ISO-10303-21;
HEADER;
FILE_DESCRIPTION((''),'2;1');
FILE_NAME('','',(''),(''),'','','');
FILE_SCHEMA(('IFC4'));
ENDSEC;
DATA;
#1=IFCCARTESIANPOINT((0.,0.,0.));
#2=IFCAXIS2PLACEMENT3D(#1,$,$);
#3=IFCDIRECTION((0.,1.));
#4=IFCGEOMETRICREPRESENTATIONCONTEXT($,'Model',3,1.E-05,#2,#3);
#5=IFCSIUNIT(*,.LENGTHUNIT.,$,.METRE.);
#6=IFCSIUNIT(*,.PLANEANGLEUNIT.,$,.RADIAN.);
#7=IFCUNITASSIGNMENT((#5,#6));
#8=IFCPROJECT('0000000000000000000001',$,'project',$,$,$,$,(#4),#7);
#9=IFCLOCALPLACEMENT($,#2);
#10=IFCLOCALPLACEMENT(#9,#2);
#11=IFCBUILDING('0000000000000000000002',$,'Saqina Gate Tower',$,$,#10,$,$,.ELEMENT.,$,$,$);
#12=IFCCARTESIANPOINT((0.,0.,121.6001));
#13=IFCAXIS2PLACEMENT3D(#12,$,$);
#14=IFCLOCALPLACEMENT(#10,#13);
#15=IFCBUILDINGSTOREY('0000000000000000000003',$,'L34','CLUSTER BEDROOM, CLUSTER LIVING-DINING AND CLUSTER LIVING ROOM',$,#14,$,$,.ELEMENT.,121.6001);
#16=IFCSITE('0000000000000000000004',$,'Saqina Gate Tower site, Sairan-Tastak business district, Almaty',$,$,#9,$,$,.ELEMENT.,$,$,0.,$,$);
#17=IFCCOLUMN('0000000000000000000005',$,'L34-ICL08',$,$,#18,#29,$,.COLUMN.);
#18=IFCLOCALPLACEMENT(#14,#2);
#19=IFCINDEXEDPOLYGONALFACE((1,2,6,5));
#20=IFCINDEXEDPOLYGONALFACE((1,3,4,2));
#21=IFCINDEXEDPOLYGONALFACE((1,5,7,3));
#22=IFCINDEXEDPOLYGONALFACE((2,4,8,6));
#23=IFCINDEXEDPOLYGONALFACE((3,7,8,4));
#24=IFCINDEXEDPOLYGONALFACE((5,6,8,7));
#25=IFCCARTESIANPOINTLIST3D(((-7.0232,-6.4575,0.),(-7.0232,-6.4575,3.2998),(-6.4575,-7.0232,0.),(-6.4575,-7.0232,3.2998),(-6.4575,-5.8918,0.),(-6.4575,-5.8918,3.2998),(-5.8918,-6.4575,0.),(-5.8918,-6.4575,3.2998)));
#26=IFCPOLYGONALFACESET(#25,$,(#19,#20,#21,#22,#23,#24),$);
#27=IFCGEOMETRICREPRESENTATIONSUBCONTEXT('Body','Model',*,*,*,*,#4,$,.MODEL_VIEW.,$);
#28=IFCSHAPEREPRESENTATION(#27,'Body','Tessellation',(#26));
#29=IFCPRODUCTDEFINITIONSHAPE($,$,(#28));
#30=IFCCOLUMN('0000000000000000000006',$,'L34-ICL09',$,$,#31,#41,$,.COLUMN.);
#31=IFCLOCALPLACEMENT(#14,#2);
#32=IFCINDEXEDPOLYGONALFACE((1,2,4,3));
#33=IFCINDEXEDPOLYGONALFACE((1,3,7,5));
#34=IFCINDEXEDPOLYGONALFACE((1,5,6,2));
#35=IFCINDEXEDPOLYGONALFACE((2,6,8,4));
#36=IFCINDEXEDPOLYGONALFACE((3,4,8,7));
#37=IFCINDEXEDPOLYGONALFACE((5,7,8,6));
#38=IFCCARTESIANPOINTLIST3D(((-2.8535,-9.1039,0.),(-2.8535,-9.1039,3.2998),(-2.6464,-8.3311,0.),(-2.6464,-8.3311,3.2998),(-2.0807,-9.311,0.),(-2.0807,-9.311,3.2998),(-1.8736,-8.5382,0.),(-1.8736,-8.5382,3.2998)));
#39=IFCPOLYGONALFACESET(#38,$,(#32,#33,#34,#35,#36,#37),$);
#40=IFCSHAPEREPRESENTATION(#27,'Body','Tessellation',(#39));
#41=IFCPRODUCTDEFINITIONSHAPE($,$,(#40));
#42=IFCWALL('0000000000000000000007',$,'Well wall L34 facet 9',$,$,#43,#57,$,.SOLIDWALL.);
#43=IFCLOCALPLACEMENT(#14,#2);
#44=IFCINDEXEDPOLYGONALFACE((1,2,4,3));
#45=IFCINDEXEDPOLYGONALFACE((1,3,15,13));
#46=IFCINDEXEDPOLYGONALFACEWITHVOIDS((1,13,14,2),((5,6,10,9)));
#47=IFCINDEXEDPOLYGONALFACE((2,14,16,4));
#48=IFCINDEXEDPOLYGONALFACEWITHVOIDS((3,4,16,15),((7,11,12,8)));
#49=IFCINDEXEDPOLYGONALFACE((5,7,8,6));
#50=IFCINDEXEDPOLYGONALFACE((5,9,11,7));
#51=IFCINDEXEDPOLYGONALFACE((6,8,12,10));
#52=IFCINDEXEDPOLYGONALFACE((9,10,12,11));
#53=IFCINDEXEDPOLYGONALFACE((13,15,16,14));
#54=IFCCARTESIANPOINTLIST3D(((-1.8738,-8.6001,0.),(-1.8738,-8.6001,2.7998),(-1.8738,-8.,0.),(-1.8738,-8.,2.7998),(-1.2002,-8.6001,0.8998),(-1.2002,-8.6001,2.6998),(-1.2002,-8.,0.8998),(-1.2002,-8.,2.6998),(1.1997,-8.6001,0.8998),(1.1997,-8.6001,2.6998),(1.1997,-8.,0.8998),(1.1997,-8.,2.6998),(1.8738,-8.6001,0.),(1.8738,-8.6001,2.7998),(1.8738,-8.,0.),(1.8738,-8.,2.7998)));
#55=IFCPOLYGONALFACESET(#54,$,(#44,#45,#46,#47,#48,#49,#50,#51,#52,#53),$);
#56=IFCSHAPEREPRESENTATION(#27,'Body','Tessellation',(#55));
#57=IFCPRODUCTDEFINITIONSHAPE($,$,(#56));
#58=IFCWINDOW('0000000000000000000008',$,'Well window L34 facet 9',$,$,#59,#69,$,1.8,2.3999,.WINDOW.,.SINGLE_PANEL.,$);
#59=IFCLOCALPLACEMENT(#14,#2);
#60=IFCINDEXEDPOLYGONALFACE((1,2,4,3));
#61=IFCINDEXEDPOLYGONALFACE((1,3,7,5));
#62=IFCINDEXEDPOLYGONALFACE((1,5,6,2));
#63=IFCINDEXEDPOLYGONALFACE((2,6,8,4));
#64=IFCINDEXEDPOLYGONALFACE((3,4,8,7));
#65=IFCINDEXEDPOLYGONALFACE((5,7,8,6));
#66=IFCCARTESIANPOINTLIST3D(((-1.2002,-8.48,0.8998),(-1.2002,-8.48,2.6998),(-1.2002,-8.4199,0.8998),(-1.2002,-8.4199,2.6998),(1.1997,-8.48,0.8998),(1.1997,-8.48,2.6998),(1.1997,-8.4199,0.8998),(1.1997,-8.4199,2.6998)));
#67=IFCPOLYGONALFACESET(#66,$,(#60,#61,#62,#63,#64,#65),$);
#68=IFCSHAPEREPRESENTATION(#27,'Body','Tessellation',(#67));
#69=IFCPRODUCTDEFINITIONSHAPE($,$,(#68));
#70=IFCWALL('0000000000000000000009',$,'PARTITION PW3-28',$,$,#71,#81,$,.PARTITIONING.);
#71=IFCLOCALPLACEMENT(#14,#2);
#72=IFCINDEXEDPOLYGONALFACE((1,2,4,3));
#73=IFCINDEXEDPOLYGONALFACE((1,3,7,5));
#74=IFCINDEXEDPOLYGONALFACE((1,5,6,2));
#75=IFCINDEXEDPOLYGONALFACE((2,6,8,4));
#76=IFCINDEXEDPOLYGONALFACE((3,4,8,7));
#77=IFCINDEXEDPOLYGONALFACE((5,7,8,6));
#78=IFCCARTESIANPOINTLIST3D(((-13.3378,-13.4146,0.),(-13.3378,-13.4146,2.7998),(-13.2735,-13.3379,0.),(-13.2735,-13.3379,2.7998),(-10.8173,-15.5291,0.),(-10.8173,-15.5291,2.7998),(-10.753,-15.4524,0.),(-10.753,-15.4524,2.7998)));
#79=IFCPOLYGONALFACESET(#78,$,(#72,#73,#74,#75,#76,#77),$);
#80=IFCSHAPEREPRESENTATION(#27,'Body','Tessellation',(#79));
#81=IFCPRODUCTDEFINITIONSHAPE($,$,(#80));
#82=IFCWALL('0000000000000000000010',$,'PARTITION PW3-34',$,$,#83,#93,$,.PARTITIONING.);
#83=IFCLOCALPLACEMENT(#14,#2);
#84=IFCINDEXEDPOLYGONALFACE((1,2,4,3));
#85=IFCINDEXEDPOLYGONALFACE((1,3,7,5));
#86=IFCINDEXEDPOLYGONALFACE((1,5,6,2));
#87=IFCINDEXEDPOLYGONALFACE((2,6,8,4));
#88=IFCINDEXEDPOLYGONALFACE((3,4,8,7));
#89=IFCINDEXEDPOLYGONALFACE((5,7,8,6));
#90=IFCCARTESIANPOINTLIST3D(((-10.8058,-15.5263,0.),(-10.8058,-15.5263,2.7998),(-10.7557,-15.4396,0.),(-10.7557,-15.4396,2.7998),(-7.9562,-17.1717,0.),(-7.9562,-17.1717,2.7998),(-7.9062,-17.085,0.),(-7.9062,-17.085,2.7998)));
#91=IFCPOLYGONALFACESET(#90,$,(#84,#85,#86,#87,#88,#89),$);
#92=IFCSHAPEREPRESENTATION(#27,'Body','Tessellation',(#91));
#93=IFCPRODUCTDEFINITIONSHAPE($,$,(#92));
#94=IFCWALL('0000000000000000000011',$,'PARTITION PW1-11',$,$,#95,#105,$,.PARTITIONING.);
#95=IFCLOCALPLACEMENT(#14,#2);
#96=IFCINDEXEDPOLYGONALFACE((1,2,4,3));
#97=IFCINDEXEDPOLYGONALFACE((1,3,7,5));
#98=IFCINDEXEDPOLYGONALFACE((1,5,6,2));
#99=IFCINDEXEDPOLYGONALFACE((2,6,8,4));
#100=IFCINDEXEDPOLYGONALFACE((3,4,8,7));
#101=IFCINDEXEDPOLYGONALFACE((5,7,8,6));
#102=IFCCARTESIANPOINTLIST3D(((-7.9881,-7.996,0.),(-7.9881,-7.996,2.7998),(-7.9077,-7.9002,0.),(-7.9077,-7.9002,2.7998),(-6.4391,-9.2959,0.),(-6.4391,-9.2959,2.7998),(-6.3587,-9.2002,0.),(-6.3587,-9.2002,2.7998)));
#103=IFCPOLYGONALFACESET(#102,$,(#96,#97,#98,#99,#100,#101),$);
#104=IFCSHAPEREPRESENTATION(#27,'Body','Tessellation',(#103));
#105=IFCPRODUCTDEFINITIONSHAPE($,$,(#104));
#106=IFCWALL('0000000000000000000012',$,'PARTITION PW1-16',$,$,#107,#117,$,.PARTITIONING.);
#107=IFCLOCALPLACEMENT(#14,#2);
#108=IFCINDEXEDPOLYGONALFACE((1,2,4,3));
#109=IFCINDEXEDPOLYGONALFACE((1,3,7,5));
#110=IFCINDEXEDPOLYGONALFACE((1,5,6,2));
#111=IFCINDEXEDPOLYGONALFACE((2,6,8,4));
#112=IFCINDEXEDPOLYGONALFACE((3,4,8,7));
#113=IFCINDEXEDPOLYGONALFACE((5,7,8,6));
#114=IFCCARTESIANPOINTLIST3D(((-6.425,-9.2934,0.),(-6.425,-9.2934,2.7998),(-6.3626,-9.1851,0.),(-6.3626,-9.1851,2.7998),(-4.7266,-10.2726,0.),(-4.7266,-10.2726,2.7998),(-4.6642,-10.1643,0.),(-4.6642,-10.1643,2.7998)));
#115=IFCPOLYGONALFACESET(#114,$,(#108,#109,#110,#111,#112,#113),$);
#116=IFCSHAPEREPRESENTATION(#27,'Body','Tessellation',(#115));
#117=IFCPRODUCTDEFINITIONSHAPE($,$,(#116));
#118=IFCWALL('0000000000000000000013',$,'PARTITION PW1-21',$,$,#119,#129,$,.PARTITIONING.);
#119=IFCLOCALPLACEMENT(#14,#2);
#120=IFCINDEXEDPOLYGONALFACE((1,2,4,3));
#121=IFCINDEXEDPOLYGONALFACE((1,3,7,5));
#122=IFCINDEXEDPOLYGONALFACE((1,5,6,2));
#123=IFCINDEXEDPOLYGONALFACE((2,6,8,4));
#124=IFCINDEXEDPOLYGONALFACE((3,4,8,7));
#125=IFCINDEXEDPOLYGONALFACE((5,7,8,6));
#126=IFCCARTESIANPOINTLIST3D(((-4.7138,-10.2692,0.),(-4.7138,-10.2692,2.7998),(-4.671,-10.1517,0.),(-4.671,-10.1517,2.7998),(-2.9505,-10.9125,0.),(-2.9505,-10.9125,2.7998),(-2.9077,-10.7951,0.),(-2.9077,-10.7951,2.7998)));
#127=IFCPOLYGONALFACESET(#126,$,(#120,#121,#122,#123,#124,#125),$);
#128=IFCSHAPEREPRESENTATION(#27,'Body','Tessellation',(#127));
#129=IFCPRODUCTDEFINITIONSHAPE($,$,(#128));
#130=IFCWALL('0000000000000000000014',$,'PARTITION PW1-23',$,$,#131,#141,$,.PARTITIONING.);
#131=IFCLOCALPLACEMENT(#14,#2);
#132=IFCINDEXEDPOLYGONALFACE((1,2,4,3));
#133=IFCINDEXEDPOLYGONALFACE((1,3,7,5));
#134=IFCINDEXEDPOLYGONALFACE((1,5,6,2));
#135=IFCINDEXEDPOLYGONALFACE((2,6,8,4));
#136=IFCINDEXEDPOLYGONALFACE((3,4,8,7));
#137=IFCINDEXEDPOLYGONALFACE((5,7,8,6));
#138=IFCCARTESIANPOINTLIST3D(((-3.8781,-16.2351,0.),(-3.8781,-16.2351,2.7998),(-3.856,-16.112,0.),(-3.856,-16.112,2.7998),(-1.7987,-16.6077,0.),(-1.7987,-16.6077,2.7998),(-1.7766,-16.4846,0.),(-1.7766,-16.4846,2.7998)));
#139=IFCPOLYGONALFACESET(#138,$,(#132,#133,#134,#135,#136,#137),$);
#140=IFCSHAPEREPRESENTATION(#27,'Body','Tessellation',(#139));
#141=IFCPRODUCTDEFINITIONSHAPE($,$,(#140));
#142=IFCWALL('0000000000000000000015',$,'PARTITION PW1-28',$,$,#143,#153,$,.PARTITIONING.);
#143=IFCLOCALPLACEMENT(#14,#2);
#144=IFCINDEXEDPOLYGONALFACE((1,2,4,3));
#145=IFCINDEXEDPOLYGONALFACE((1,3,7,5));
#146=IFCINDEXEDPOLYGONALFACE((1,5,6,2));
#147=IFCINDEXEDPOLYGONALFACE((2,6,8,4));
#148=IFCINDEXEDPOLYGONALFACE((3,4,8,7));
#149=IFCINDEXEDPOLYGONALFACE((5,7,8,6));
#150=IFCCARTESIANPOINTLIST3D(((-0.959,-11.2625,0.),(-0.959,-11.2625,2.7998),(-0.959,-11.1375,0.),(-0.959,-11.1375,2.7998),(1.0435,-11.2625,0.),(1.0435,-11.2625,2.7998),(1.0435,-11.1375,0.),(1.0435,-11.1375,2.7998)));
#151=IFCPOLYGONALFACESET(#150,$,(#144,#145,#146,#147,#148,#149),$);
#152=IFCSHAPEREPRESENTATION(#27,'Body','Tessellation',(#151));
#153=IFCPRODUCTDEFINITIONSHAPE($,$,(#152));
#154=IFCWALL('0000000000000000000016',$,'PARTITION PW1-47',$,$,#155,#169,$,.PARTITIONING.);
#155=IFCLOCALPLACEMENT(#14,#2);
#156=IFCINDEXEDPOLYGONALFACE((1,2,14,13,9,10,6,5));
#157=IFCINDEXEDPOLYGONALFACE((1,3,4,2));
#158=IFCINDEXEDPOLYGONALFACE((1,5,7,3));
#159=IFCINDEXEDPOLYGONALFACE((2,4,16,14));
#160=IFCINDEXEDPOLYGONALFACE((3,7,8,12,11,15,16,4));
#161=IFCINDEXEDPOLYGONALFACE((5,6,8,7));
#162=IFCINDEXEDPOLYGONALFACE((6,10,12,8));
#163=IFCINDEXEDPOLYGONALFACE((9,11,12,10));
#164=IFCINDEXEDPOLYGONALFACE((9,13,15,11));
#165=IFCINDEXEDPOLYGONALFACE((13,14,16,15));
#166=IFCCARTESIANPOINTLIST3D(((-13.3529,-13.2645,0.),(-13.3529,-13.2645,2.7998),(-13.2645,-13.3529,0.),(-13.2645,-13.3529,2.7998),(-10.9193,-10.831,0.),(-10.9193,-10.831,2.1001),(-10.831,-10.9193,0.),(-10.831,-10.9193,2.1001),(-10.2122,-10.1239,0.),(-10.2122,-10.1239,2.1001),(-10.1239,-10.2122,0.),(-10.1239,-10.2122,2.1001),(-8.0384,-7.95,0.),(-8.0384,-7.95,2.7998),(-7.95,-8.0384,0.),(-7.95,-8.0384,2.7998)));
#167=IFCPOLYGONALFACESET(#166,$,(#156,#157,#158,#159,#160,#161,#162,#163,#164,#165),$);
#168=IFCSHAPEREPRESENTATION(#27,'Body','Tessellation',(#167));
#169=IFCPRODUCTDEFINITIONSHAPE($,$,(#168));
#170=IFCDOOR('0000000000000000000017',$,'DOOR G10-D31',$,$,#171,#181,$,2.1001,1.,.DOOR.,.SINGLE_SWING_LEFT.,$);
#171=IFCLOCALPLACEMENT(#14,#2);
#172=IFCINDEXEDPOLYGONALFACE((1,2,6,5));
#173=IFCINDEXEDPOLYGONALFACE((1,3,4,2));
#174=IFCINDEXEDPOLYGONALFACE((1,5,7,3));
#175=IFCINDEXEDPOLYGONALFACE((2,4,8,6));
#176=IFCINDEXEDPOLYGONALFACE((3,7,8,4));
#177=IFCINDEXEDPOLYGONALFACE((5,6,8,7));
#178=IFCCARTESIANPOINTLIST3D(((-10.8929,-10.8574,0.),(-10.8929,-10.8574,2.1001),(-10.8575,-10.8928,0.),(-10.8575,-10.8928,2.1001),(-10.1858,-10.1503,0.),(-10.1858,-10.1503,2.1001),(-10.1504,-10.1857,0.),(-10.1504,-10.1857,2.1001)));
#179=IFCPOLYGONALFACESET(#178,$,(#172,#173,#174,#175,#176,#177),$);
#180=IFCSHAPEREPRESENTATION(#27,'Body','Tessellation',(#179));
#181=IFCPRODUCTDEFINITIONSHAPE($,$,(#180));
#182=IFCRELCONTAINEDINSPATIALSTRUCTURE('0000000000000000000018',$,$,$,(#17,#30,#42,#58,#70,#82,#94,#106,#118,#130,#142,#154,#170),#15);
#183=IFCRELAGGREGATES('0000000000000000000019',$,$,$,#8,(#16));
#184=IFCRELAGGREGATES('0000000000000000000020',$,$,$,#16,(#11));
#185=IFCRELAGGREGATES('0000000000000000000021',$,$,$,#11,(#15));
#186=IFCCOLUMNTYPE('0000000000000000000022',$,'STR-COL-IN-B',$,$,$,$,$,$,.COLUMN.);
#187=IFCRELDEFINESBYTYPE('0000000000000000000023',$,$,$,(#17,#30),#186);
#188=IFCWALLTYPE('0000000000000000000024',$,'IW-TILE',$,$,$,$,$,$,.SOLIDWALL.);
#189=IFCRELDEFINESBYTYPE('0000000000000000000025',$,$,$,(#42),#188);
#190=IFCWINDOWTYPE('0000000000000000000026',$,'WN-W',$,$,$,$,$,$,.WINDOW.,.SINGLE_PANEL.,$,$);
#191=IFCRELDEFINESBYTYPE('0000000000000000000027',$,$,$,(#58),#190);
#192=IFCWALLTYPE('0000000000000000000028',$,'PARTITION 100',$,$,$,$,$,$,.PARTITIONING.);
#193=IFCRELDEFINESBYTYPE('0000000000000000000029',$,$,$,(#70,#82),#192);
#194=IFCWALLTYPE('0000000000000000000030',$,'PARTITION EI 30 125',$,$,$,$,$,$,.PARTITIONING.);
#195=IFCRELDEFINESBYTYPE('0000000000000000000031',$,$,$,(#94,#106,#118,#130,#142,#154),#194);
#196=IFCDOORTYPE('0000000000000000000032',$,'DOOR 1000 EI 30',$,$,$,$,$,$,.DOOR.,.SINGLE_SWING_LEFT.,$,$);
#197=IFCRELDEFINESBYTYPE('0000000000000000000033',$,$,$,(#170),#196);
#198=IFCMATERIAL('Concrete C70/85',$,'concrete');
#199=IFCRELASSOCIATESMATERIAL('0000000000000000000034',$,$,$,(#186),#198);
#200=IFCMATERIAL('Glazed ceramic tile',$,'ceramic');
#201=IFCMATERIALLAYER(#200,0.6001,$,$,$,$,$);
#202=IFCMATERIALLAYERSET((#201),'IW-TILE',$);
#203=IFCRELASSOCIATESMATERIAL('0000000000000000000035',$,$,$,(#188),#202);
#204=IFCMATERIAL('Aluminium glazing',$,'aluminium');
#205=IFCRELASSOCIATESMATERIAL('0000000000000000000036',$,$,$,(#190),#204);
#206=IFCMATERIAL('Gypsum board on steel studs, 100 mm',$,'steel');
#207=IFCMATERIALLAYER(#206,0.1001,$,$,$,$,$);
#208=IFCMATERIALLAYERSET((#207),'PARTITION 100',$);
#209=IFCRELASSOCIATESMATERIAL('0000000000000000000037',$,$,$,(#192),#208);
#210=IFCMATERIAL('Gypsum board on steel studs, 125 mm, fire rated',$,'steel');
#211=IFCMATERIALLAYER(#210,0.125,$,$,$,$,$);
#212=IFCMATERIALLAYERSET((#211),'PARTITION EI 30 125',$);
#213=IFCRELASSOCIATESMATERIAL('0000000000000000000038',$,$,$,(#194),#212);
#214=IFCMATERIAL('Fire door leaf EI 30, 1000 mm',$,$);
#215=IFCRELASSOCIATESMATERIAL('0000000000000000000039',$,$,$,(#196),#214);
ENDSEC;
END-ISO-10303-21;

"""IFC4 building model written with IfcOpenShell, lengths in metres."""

from ifc_helpers import new_model, si_unit, direction, frame, frame_2d, origin, origin_2d, place, context, subcontext, project, spatial, rectangle, extrude, material, layer, layer_set, material_profile, profile_set, type_object, element, fill, save


model = new_model("IFC4")

# Units and contexts
model_context = context("Model", 3, precision=1e-05, world=origin(), true_north=direction((0.0, 1.0)))
body_context = subcontext(model_context, "Body", "Model", "MODEL_VIEW")
ifc_project = project(units=[si_unit("LENGTHUNIT", "METRE"), si_unit("PLANEANGLEUNIT", "RADIAN")], contexts=[model_context])

# Site, building, storey
site_placement = place(None, origin())
site = spatial("IfcSite", under=ifc_project, at=site_placement, Name="Saqina Gate Tower site, Sairan-Tastak business district, Almaty", CompositionType="ELEMENT", RefElevation=0.0)
building_placement = place(site_placement, origin())
building = spatial("IfcBuilding", under=site, at=building_placement, Name="Saqina Gate Tower", CompositionType="ELEMENT")
storey_placement = place(building_placement, frame((0.0, 0.0, 121.6001)))
storey = spatial("IfcBuildingStorey", under=building, at=storey_placement, Name="L34", Description="CLUSTER BEDROOM, CLUSTER LIVING-DINING AND CLUSTER LIVING ROOM", CompositionType="ELEMENT", Elevation=121.6001)

# Columns
ifc_material_1 = material(Name="Concrete C70/85", Category="concrete")
ifc_material_profile = material_profile(ifc_material_1, rectangle(XDim=0.8, YDim=0.8, at=origin_2d()), Name="RC 800x800")
ifc_profile_set = profile_set([ifc_material_profile], Name="Concrete C70/85")
column_type = type_object("IfcColumnType", Name="STR-COL-IN-B", PredefinedType="COLUMN", material=ifc_profile_set)
for number, where, z_axis, x_axis, name in (
    (1, (-6.4575, -6.4575, 0.0), (0.0, 0.0, 1.0), (-0.707107, -0.707107, 0.0), "L34-ICL08"),
    (2, (-2.3635, -8.821, 0.0), (0.0, 0.0, 1.0), (-0.258819, -0.965926, 0.0), "L34-ICL09"),
):
    element("IfcColumn", number, at=place(storey_placement, frame(where, z_axis=z_axis, x_axis=x_axis)), inside=storey, type_object=column_type, Name=name, PredefinedType="COLUMN", context=body_context, shape_type="SweptSolid", body=[
        extrude(rectangle(XDim=0.8, YDim=0.8, at=origin_2d()), origin(), (0.0, 0.0, 1.0), 3.2998),
    ])

# Wall, opening, window
ifc_material_2 = material(Name="Glazed ceramic tile", Category="ceramic")
ifc_layer_1 = layer(ifc_material_2, 0.6001)
ifc_layer_set_1 = layer_set([ifc_layer_1], Name="IW-TILE")
wall_type_1 = type_object("IfcWallType", Name="IW-TILE", PredefinedType="SOLIDWALL", material=ifc_layer_set_1)
wall_1_placement = place(storey_placement, frame((-1.8738, -8.3, 0.0), z_axis=(0.0, 0.0, 1.0), x_axis=(1.0, 0.0, 0.0)))
wall_1 = element("IfcWall", 3, at=wall_1_placement, inside=storey, type_object=wall_type_1, Name="Well wall L34 facet 9", PredefinedType="SOLIDWALL", context=body_context, shape_type="SweptSolid", body=[
    extrude(rectangle(XDim=3.7476, YDim=0.6001, at=frame_2d((1.8738, 0.0))), origin(), (0.0, 0.0, 1.0), 2.7998),
])
opening_1_placement = place(wall_1_placement, frame((0.6736, 0.0, 0.8999)))
opening_1 = element("IfcOpeningElement", 4, at=opening_1_placement, cuts=wall_1, PredefinedType="OPENING", context=body_context, shape_type="SweptSolid", body=[
    extrude(rectangle(XDim=2.3999, YDim=1.8, at=frame_2d((1.2, 0.8999))), frame((0.0, 0.312, 0.0), z_axis=(0.0, -1.0, 0.0), x_axis=(1.0, 0.0, 0.0)), (0.0, 0.0, 1.0), 0.624),
])
ifc_material_3 = material(Name="Aluminium glazing", Category="aluminium")
window_type = type_object("IfcWindowType", Name="WN-W", PartitioningType="SINGLE_PANEL", PredefinedType="WINDOW", material=ifc_material_3)
window_placement = place(opening_1_placement, origin())
window = element("IfcWindow", 5, at=window_placement, inside=storey, type_object=window_type, Name="Well window L34 facet 9", OverallHeight=1.8, OverallWidth=2.3999, PartitioningType="SINGLE_PANEL", PredefinedType="WINDOW", context=body_context, shape_type="SweptSolid", body=[
    extrude(rectangle(XDim=2.3999, YDim=1.8, at=frame_2d((1.2, 0.8999))), frame((0.0, -0.1199, 0.0), z_axis=(0.0, -1.0, 0.0), x_axis=(1.0, 0.0, 0.0)), (0.0, 0.0, 1.0), 0.0601),
])
fill(opening_1, window)

# Walls
ifc_material_4 = material(Name="Gypsum board on steel studs, 100 mm", Category="steel")
ifc_layer_2 = layer(ifc_material_4, 0.1001)
ifc_layer_set_2 = layer_set([ifc_layer_2], Name="PARTITION 100")
wall_type_2 = type_object("IfcWallType", Name="PARTITION 100", PredefinedType="PARTITIONING", material=ifc_layer_set_2)
wall_2_placement = place(storey_placement, frame((-13.3057, -13.3762, 0.0), z_axis=(0.0, 0.0, 1.0), x_axis=(0.766113, -0.642706, 0.0)))
element("IfcWall", 6, at=wall_2_placement, inside=storey, type_object=wall_type_2, Name="PARTITION PW3-28", PredefinedType="PARTITIONING", context=body_context, shape_type="SweptSolid", body=[
    extrude(rectangle(XDim=3.29, YDim=0.1001, at=frame_2d((1.645, 0.0))), origin(), (0.0, 0.0, 1.0), 2.7998),
])
wall_3_placement = place(storey_placement, frame((-10.7808, -15.4829, 0.0), z_axis=(0.0, 0.0, 1.0), x_axis=(0.865988, -0.500065, 0.0)))
element("IfcWall", 7, at=wall_3_placement, inside=storey, type_object=wall_type_2, Name="PARTITION PW3-34", PredefinedType="PARTITIONING", context=body_context, shape_type="SweptSolid", body=[
    extrude(rectangle(XDim=3.2905, YDim=0.1001, at=frame_2d((1.6453, 0.0))), origin(), (0.0, 0.0, 1.0), 2.7998),
])
ifc_material_5 = material(Name="Gypsum board on steel studs, 125 mm, fire rated", Category="steel")
ifc_layer_3 = layer(ifc_material_5, 0.125)
ifc_layer_set_3 = layer_set([ifc_layer_3], Name="PARTITION EI 30 125")
wall_type_3 = type_object("IfcWallType", Name="PARTITION EI 30 125", PredefinedType="PARTITIONING", material=ifc_layer_set_3)
wall_4_placement = place(storey_placement, frame((-7.948, -7.948, 0.0), z_axis=(0.0, 0.0, 1.0), x_axis=(0.76599, -0.642852, 0.0)))
element("IfcWall", 8, at=wall_4_placement, inside=storey, type_object=wall_type_3, Name="PARTITION PW1-11", PredefinedType="PARTITIONING", context=body_context, shape_type="SweptSolid", body=[
    extrude(rectangle(XDim=2.0222, YDim=0.125, at=frame_2d((1.0112, 0.0))), origin(), (0.0, 0.0, 1.0), 2.7998),
])
wall_5_placement = place(storey_placement, frame((-6.3938, -9.2393, 0.0), z_axis=(0.0, 0.0, 1.0), x_axis=(0.866329, -0.499474, 0.0)))
element("IfcWall", 9, at=wall_5_placement, inside=storey, type_object=wall_type_3, Name="PARTITION PW1-16", PredefinedType="PARTITIONING", context=body_context, shape_type="SweptSolid", body=[
    extrude(rectangle(XDim=1.9604, YDim=0.125, at=frame_2d((0.9802, 0.0))), origin(), (0.0, 0.0, 1.0), 2.7998),
])
wall_6_placement = place(storey_placement, frame((-4.6924, -10.2104, 0.0), z_axis=(0.0, 0.0, 1.0), x_axis=(0.939424, -0.342756, 0.0)))
element("IfcWall", 10, at=wall_6_placement, inside=storey, type_object=wall_type_3, Name="PARTITION PW1-21", PredefinedType="PARTITIONING", context=body_context, shape_type="SweptSolid", body=[
    extrude(rectangle(XDim=1.877, YDim=0.125, at=frame_2d((0.9385, 0.0))), origin(), (0.0, 0.0, 1.0), 2.7998),
])
wall_7_placement = place(storey_placement, frame((-3.8669, -16.1736, 0.0), z_axis=(0.0, 0.0, 1.0), x_axis=(0.984325, -0.176363, 0.0)))
element("IfcWall", 11, at=wall_7_placement, inside=storey, type_object=wall_type_3, Name="PARTITION PW1-23", PredefinedType="PARTITIONING", context=body_context, shape_type="SweptSolid", body=[
    extrude(rectangle(XDim=2.1125, YDim=0.125, at=frame_2d((1.0562, 0.0))), origin(), (0.0, 0.0, 1.0), 2.7998),
])
wall_8_placement = place(storey_placement, frame((-0.959, -11.2, 0.0), z_axis=(0.0, 0.0, 1.0), x_axis=(1.0, 0.0, 0.0)))
element("IfcWall", 12, at=wall_8_placement, inside=storey, type_object=wall_type_3, Name="PARTITION PW1-28", PredefinedType="PARTITIONING", context=body_context, shape_type="SweptSolid", body=[
    extrude(rectangle(XDim=2.0024, YDim=0.125, at=frame_2d((1.0012, 0.0))), origin(), (0.0, 0.0, 1.0), 2.7998),
])

# Wall, opening, door
wall_9_placement = place(storey_placement, frame((-13.3086, -13.3086, 0.0), z_axis=(0.0, 0.0, 1.0), x_axis=(0.707107, 0.707107, 0.0)))
wall_9 = element("IfcWall", 13, at=wall_9_placement, inside=storey, type_object=wall_type_3, Name="PARTITION PW1-47", PredefinedType="PARTITIONING", context=body_context, shape_type="SweptSolid", body=[
    extrude(rectangle(XDim=7.5159, YDim=0.125, at=frame_2d((3.7578, 0.0))), origin(), (0.0, 0.0, 1.0), 2.7998),
])
opening_2_placement = place(wall_9_placement, frame((3.4414, 0.0, 0.0)))
opening_2 = element("IfcOpeningElement", 14, at=opening_2_placement, cuts=wall_9, PredefinedType="OPENING", context=body_context, shape_type="SweptSolid", body=[
    extrude(rectangle(XDim=1.0, YDim=2.1001, at=frame_2d((0.5, 1.05))), frame((0.0, 0.0745, 0.0), z_axis=(0.0, -1.0, 0.0), x_axis=(1.0, 0.0, 0.0)), (0.0, 0.0, 1.0), 0.1489),
])
ifc_material_6 = material(Name="Fire door leaf EI 30, 1000 mm")
door_type = type_object("IfcDoorType", Name="DOOR 1000 EI 30", OperationType="SINGLE_SWING_LEFT", PredefinedType="DOOR", material=ifc_material_6)
door_placement = place(opening_2_placement, frame((1.0, 0.0, 0.0), z_axis=(0.0, 0.0, 1.0), x_axis=(-1.0, 0.0, 0.0)))
door = element("IfcDoor", 15, at=door_placement, inside=storey, type_object=door_type, Name="DOOR G10-D31", OperationType="SINGLE_SWING_LEFT", OverallHeight=2.1001, OverallWidth=1.0, PredefinedType="DOOR", context=body_context, shape_type="SweptSolid", body=[
    extrude(rectangle(XDim=1.0, YDim=2.1001, at=frame_2d((0.5, 1.05))), frame((0.0, 0.0249, 0.0), z_axis=(0.0, -1.0, 0.0), x_axis=(1.0, 0.0, 0.0)), (0.0, 0.0, 1.0), 0.05),
])
fill(opening_2, door)

save(model, "model.ifc")
